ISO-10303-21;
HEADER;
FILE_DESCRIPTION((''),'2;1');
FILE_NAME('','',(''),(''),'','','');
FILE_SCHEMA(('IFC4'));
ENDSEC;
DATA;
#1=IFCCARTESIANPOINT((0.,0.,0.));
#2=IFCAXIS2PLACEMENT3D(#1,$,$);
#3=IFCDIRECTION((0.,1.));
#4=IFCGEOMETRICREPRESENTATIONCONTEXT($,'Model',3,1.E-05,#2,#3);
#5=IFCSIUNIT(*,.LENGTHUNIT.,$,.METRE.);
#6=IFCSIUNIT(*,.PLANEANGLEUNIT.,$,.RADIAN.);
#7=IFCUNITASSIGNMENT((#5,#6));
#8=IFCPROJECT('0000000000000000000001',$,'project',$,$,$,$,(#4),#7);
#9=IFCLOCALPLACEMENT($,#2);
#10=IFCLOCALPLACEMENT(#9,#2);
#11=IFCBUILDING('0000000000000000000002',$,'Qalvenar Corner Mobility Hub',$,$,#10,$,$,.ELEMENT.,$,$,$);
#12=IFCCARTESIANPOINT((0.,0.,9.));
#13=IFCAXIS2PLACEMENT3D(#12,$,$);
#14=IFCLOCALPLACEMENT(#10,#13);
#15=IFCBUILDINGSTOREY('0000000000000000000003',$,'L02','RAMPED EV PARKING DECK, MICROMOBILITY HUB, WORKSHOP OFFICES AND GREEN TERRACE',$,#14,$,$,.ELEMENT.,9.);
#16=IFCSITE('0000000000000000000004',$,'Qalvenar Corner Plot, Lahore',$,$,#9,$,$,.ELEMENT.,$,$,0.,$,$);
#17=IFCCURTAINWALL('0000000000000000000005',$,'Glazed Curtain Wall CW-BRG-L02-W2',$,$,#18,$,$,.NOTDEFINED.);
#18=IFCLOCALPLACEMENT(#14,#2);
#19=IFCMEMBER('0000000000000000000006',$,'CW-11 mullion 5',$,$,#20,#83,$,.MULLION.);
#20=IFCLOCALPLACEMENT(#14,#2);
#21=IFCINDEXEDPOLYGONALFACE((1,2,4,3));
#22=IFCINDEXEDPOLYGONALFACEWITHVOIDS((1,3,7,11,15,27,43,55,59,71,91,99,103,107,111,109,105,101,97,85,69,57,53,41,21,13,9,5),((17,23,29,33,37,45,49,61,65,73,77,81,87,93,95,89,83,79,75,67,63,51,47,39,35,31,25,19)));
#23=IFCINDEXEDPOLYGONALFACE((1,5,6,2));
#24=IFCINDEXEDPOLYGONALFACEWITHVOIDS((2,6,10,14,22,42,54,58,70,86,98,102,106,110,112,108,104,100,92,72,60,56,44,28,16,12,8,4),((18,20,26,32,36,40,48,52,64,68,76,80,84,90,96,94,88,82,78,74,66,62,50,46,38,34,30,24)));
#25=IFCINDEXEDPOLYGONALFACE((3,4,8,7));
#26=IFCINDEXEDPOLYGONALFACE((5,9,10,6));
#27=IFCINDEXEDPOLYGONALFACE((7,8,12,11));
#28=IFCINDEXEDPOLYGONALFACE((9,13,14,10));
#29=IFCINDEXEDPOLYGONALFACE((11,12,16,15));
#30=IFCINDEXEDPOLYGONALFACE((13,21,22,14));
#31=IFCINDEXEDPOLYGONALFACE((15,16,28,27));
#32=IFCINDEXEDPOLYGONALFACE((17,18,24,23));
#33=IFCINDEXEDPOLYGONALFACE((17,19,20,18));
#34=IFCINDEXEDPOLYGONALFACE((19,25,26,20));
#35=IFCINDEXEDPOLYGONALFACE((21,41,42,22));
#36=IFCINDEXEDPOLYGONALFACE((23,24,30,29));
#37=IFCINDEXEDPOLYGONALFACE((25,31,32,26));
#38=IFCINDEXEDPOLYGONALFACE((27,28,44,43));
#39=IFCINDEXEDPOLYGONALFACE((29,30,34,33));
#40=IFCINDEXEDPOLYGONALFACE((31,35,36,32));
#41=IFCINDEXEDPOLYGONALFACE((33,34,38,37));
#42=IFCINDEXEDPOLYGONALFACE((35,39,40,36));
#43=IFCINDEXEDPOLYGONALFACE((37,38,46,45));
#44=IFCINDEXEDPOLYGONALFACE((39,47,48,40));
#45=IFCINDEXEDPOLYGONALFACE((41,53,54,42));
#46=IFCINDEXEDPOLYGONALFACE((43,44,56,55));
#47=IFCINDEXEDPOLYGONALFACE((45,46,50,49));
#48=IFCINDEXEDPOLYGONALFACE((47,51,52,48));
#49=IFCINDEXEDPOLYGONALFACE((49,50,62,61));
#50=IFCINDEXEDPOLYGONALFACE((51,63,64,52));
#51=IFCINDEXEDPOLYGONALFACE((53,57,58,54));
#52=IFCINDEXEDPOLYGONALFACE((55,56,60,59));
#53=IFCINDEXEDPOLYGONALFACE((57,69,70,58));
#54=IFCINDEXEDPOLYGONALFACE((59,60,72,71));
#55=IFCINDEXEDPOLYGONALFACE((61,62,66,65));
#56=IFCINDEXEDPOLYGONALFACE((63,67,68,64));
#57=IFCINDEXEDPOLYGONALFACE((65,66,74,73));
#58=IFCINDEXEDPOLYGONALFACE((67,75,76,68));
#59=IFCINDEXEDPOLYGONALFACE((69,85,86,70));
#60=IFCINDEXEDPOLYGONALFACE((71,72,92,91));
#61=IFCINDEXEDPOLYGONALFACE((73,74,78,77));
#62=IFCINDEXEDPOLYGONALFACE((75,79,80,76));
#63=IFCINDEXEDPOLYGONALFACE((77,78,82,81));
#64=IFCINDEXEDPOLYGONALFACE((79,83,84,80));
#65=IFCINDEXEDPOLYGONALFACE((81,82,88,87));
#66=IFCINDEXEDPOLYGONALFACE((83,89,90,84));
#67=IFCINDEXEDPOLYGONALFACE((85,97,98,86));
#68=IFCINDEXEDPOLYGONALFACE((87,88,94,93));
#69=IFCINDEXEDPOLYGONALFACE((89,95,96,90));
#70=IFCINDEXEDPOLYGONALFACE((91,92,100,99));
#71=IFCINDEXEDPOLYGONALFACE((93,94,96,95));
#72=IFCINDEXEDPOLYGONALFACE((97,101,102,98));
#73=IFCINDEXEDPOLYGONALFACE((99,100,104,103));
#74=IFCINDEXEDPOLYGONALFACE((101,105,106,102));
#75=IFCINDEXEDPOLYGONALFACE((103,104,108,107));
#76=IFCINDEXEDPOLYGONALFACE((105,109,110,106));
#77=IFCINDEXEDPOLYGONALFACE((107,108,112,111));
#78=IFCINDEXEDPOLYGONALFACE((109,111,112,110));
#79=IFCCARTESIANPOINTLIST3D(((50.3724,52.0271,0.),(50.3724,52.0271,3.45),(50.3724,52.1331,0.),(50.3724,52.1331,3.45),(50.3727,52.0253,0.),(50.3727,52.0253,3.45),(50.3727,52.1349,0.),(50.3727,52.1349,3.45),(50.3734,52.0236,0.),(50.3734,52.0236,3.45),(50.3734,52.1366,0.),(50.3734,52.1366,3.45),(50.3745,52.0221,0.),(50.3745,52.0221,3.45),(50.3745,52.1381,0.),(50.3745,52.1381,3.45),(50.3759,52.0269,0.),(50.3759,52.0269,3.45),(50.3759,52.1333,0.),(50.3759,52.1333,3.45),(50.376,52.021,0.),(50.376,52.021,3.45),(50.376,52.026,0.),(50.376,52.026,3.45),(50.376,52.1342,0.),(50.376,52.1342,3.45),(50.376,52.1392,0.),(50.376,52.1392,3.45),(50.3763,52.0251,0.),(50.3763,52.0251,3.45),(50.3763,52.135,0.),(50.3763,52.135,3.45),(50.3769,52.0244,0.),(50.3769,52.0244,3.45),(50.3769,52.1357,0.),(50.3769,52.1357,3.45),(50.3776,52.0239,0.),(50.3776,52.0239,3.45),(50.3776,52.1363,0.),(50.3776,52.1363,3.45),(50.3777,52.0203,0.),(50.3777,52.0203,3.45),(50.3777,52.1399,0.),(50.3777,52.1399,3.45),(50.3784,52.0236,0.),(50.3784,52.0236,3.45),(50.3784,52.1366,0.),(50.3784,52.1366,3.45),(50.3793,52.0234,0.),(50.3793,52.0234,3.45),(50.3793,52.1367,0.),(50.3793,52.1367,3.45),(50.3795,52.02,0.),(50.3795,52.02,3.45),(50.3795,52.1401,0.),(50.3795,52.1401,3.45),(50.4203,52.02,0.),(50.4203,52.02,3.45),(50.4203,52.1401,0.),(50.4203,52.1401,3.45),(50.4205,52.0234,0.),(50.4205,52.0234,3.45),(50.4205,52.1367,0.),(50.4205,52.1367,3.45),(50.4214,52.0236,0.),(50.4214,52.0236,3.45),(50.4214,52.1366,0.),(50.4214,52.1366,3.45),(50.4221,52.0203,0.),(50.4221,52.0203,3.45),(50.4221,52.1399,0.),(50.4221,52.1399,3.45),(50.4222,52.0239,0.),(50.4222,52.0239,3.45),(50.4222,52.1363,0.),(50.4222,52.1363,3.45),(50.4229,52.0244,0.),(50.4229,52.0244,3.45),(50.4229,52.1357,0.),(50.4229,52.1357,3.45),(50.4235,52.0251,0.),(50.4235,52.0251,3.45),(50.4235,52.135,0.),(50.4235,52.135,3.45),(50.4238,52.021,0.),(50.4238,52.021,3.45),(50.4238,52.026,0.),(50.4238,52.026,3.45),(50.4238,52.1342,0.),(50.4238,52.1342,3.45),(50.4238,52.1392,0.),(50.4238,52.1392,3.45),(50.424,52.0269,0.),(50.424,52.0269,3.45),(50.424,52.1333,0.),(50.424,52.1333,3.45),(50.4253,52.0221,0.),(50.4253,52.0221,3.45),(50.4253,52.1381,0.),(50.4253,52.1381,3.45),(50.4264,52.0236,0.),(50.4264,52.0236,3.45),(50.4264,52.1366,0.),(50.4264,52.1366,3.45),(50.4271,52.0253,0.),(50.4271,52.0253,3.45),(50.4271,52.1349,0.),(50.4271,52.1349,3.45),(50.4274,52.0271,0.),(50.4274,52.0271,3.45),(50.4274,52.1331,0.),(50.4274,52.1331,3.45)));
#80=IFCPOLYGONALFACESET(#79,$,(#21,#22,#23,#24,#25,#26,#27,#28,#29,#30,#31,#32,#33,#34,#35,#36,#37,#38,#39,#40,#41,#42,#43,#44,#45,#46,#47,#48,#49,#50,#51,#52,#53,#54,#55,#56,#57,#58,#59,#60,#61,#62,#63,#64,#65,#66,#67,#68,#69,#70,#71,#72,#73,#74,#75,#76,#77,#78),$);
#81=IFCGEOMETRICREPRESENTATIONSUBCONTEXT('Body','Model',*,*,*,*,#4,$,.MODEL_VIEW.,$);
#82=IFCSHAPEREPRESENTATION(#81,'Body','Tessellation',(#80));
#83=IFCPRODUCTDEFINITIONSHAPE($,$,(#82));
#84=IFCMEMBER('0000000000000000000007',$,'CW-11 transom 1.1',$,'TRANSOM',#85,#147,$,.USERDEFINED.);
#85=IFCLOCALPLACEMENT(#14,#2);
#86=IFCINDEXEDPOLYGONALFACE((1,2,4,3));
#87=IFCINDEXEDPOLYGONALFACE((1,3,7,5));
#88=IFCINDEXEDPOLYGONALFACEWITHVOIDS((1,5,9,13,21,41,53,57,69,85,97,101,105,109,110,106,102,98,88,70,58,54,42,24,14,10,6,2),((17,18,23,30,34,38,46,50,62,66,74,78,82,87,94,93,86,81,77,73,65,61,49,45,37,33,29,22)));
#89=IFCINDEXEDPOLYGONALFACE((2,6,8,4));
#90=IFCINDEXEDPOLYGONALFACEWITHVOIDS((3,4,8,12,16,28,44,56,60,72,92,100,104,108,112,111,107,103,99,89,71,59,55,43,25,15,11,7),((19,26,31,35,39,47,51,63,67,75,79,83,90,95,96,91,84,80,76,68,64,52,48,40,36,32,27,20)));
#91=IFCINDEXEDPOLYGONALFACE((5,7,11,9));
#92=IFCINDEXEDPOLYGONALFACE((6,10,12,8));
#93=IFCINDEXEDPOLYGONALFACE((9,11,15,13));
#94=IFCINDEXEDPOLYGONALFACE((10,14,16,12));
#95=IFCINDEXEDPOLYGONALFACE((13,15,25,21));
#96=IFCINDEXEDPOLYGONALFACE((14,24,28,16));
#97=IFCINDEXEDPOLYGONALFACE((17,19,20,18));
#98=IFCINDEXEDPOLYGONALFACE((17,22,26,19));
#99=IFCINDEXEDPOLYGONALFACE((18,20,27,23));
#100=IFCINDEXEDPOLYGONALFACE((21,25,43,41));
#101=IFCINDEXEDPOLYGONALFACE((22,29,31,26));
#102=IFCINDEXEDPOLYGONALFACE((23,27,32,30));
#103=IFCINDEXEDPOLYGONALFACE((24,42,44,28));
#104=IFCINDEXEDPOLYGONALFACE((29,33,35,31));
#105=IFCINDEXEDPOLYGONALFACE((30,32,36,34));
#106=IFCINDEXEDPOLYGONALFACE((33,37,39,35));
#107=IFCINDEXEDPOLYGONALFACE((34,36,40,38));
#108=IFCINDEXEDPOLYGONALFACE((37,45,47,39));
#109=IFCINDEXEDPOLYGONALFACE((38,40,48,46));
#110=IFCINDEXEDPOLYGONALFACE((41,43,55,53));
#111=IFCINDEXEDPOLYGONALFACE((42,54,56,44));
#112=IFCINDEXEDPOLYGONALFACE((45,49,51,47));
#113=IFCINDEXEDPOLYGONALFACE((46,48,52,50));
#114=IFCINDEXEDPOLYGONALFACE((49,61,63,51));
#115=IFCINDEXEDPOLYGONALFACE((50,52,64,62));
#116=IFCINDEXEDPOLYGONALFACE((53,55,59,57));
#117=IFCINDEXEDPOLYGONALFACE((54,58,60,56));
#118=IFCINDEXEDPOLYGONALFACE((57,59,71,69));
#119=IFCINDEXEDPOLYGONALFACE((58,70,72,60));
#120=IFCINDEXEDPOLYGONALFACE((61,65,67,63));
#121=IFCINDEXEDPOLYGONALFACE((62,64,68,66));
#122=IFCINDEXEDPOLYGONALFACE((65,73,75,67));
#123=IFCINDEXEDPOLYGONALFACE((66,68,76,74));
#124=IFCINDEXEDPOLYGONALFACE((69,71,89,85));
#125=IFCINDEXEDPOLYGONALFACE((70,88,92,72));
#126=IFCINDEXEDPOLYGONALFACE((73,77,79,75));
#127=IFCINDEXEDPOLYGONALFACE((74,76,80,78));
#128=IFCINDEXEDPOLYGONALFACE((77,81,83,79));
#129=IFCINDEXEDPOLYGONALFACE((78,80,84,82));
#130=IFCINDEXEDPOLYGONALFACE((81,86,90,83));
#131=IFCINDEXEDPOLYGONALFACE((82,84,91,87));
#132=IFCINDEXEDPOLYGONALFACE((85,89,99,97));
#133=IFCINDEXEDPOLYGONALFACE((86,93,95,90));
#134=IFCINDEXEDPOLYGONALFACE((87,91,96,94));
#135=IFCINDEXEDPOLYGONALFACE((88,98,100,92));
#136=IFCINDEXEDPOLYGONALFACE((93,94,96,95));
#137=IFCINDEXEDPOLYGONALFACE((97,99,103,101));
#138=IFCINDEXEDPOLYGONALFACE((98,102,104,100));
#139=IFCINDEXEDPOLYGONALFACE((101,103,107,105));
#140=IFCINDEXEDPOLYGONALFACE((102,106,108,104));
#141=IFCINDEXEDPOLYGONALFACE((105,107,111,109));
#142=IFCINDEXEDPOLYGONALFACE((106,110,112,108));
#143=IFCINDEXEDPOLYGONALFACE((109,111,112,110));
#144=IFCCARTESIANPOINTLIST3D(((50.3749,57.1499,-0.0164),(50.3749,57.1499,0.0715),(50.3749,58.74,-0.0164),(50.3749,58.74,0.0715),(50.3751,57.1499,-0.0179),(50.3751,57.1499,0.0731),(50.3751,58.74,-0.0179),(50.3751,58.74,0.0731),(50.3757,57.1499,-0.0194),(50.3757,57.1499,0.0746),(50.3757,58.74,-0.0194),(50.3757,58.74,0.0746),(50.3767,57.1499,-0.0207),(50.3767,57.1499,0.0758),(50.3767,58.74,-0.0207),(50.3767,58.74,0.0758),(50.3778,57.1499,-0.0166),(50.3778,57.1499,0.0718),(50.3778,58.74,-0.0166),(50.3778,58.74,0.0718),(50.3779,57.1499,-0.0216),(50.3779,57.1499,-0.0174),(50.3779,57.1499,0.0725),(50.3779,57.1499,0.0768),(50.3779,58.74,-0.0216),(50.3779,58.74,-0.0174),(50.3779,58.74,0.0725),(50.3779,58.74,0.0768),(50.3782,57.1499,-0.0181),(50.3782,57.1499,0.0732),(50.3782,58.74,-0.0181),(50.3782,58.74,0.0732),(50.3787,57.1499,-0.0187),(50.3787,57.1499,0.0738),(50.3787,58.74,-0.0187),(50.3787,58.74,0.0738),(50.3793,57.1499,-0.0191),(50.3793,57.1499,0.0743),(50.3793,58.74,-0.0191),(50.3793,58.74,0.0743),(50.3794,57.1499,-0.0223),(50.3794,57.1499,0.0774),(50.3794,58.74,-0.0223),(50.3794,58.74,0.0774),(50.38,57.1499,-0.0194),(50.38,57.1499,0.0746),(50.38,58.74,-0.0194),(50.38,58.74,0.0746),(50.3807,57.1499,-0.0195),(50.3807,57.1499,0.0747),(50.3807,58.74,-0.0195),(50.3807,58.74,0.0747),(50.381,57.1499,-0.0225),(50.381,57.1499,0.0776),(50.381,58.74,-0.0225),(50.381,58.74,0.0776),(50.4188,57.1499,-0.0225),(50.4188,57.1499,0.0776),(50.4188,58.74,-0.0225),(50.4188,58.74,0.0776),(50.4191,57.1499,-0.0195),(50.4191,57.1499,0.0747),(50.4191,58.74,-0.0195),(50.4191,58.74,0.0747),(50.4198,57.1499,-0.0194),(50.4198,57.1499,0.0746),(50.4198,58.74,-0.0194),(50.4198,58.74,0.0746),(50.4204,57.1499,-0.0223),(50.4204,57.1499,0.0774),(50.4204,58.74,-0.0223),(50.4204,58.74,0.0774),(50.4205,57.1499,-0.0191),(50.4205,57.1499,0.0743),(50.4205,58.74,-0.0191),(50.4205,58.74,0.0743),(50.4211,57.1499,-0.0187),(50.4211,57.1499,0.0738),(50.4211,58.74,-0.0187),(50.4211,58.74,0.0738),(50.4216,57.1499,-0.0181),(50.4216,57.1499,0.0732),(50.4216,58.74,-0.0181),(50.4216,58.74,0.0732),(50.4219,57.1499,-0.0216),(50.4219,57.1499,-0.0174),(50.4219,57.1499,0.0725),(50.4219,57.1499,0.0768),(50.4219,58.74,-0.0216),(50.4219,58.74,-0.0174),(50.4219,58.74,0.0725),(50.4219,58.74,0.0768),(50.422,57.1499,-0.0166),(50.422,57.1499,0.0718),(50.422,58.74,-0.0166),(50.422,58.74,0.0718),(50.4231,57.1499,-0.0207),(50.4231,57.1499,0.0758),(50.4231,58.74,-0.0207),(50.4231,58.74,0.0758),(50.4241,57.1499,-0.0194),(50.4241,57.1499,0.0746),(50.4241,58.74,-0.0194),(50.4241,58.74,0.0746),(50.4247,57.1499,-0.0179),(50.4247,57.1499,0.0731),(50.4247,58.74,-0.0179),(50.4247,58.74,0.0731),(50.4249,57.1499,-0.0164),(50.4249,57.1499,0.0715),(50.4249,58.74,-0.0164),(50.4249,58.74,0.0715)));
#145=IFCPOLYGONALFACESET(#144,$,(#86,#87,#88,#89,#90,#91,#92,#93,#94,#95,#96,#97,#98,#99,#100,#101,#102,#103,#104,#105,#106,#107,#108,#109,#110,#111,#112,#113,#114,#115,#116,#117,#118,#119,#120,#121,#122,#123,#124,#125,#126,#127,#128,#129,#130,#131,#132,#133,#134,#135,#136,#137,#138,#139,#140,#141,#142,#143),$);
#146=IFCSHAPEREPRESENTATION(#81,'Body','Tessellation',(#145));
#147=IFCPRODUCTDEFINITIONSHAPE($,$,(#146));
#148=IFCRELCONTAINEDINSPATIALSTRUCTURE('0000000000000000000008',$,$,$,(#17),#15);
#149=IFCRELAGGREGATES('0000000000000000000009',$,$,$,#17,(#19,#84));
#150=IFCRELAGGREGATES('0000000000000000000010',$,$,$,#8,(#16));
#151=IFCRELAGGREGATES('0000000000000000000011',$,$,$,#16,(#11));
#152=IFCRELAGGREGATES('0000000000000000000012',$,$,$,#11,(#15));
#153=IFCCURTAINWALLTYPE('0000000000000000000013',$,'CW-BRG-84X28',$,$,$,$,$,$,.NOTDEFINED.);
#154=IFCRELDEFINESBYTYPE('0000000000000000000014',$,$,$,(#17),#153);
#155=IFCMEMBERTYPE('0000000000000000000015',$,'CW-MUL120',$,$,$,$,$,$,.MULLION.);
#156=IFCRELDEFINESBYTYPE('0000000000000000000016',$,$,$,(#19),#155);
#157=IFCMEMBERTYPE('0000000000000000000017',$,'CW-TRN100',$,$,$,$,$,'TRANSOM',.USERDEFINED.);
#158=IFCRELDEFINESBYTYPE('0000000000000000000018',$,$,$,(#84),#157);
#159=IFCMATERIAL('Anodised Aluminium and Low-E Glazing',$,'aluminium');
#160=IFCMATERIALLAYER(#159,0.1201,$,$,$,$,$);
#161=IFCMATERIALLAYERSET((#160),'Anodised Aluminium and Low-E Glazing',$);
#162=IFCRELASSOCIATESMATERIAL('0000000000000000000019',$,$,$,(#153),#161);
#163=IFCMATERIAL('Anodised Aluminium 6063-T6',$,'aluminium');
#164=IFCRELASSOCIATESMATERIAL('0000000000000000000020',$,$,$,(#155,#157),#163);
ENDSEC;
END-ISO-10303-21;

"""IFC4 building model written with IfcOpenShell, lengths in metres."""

from ifc_helpers import new_model, si_unit, direction, frame, origin, origin_2d, place, context, subcontext, project, spatial, hollow_rectangle, extrude, material, layer, layer_set, material_profile, profile_set, type_object, element, aggregate, save


model = new_model("IFC4")

# Units and contexts
model_context = context("Model", 3, precision=1e-05, world=origin(), true_north=direction((0.0, 1.0)))
body_context = subcontext(model_context, "Body", "Model", "MODEL_VIEW")
ifc_project = project(units=[si_unit("LENGTHUNIT", "METRE"), si_unit("PLANEANGLEUNIT", "RADIAN")], contexts=[model_context])

# Site, building, storey
site_placement = place(None, origin())
site = spatial("IfcSite", under=ifc_project, at=site_placement, Name="Qalvenar Corner Plot, Lahore", CompositionType="ELEMENT", RefElevation=0.0)
building_placement = place(site_placement, origin())
building = spatial("IfcBuilding", under=site, at=building_placement, Name="Qalvenar Corner Mobility Hub", CompositionType="ELEMENT")
storey_placement = place(building_placement, frame((0.0, 0.0, 9.0)))
storey = spatial("IfcBuildingStorey", under=building, at=storey_placement, Name="L02", Description="RAMPED EV PARKING DECK, MICROMOBILITY HUB, WORKSHOP OFFICES AND GREEN TERRACE", CompositionType="ELEMENT", Elevation=9.0)

# Curtain wall, members
ifc_material_1 = material(Name="Anodised Aluminium and Low-E Glazing", Category="aluminium")
ifc_layer_1 = layer(ifc_material_1, 0.1201)
ifc_layer_set_1 = layer_set([ifc_layer_1], Name="Anodised Aluminium and Low-E Glazing")
curtain_wall_type = type_object("IfcCurtainWallType", Name="CW-BRG-84X28", PredefinedType="NOTDEFINED", material=ifc_layer_set_1)
curtain_wall_placement = place(storey_placement, origin())
curtain_wall = element("IfcCurtainWall", 1, at=curtain_wall_placement, inside=storey, type_object=curtain_wall_type, Name="Glazed Curtain Wall CW-BRG-L02-W2", PredefinedType="NOTDEFINED")
ifc_material_2 = material(Name="Anodised Aluminium 6063-T6", Category="aluminium")
ifc_material_profile_1 = material_profile(ifc_material_2, hollow_rectangle(XDim=0.0549, YDim=0.1201, WallThickness=0.0034, InnerFilletRadius=0.0034, OuterFilletRadius=0.0071, at=origin_2d()), Name="RHS120x55x3.5")
ifc_profile_set_1 = profile_set([ifc_material_profile_1], Name="Anodised Aluminium 6063-T6")
member_type_1 = type_object("IfcMemberType", Name="CW-MUL120", PredefinedType="MULLION", material=ifc_profile_set_1)
member_1_placement = place(storey_placement, frame((50.3999, 52.0801, 0.0), z_axis=(0.0, 0.0, 1.0), x_axis=(1.0, 0.0, 0.0)))
member_1 = element("IfcMember", 2, at=member_1_placement, type_object=member_type_1, Name="CW-11 mullion 5", PredefinedType="MULLION", context=body_context, shape_type="SweptSolid", body=[
    extrude(hollow_rectangle(XDim=0.0549, YDim=0.1201, WallThickness=0.0034, InnerFilletRadius=0.0034, OuterFilletRadius=0.0071, at=origin_2d()), origin(), (0.0, 0.0, 1.0), 3.45),
])
ifc_material_profile_2 = material_profile(ifc_material_2, hollow_rectangle(XDim=0.05, YDim=0.1001, WallThickness=0.0029, InnerFilletRadius=0.0029, OuterFilletRadius=0.0061, at=origin_2d()), Name="RHS100x50x3")
ifc_profile_set_2 = profile_set([ifc_material_profile_2], Name="Anodised Aluminium 6063-T6")
member_type_2 = type_object("IfcMemberType", Name="CW-TRN100", ElementType="TRANSOM", PredefinedType="USERDEFINED", material=ifc_profile_set_2)
member_2_placement = place(storey_placement, frame((50.3999, 58.74, 0.0276), z_axis=(0.0, -1.0, 0.0), x_axis=(1.0, 0.0, 0.0)))
member_2 = element("IfcMember", 3, at=member_2_placement, type_object=member_type_2, Name="CW-11 transom 1.1", ObjectType="TRANSOM", PredefinedType="USERDEFINED", context=body_context, shape_type="SweptSolid", body=[
    extrude(hollow_rectangle(XDim=0.05, YDim=0.1001, WallThickness=0.0029, InnerFilletRadius=0.0029, OuterFilletRadius=0.0061, at=origin_2d()), origin(), (0.0, 0.0, 1.0), 1.5901),
])

aggregate(curtain_wall, [member_1, member_2])

save(model, "model.ifc")
